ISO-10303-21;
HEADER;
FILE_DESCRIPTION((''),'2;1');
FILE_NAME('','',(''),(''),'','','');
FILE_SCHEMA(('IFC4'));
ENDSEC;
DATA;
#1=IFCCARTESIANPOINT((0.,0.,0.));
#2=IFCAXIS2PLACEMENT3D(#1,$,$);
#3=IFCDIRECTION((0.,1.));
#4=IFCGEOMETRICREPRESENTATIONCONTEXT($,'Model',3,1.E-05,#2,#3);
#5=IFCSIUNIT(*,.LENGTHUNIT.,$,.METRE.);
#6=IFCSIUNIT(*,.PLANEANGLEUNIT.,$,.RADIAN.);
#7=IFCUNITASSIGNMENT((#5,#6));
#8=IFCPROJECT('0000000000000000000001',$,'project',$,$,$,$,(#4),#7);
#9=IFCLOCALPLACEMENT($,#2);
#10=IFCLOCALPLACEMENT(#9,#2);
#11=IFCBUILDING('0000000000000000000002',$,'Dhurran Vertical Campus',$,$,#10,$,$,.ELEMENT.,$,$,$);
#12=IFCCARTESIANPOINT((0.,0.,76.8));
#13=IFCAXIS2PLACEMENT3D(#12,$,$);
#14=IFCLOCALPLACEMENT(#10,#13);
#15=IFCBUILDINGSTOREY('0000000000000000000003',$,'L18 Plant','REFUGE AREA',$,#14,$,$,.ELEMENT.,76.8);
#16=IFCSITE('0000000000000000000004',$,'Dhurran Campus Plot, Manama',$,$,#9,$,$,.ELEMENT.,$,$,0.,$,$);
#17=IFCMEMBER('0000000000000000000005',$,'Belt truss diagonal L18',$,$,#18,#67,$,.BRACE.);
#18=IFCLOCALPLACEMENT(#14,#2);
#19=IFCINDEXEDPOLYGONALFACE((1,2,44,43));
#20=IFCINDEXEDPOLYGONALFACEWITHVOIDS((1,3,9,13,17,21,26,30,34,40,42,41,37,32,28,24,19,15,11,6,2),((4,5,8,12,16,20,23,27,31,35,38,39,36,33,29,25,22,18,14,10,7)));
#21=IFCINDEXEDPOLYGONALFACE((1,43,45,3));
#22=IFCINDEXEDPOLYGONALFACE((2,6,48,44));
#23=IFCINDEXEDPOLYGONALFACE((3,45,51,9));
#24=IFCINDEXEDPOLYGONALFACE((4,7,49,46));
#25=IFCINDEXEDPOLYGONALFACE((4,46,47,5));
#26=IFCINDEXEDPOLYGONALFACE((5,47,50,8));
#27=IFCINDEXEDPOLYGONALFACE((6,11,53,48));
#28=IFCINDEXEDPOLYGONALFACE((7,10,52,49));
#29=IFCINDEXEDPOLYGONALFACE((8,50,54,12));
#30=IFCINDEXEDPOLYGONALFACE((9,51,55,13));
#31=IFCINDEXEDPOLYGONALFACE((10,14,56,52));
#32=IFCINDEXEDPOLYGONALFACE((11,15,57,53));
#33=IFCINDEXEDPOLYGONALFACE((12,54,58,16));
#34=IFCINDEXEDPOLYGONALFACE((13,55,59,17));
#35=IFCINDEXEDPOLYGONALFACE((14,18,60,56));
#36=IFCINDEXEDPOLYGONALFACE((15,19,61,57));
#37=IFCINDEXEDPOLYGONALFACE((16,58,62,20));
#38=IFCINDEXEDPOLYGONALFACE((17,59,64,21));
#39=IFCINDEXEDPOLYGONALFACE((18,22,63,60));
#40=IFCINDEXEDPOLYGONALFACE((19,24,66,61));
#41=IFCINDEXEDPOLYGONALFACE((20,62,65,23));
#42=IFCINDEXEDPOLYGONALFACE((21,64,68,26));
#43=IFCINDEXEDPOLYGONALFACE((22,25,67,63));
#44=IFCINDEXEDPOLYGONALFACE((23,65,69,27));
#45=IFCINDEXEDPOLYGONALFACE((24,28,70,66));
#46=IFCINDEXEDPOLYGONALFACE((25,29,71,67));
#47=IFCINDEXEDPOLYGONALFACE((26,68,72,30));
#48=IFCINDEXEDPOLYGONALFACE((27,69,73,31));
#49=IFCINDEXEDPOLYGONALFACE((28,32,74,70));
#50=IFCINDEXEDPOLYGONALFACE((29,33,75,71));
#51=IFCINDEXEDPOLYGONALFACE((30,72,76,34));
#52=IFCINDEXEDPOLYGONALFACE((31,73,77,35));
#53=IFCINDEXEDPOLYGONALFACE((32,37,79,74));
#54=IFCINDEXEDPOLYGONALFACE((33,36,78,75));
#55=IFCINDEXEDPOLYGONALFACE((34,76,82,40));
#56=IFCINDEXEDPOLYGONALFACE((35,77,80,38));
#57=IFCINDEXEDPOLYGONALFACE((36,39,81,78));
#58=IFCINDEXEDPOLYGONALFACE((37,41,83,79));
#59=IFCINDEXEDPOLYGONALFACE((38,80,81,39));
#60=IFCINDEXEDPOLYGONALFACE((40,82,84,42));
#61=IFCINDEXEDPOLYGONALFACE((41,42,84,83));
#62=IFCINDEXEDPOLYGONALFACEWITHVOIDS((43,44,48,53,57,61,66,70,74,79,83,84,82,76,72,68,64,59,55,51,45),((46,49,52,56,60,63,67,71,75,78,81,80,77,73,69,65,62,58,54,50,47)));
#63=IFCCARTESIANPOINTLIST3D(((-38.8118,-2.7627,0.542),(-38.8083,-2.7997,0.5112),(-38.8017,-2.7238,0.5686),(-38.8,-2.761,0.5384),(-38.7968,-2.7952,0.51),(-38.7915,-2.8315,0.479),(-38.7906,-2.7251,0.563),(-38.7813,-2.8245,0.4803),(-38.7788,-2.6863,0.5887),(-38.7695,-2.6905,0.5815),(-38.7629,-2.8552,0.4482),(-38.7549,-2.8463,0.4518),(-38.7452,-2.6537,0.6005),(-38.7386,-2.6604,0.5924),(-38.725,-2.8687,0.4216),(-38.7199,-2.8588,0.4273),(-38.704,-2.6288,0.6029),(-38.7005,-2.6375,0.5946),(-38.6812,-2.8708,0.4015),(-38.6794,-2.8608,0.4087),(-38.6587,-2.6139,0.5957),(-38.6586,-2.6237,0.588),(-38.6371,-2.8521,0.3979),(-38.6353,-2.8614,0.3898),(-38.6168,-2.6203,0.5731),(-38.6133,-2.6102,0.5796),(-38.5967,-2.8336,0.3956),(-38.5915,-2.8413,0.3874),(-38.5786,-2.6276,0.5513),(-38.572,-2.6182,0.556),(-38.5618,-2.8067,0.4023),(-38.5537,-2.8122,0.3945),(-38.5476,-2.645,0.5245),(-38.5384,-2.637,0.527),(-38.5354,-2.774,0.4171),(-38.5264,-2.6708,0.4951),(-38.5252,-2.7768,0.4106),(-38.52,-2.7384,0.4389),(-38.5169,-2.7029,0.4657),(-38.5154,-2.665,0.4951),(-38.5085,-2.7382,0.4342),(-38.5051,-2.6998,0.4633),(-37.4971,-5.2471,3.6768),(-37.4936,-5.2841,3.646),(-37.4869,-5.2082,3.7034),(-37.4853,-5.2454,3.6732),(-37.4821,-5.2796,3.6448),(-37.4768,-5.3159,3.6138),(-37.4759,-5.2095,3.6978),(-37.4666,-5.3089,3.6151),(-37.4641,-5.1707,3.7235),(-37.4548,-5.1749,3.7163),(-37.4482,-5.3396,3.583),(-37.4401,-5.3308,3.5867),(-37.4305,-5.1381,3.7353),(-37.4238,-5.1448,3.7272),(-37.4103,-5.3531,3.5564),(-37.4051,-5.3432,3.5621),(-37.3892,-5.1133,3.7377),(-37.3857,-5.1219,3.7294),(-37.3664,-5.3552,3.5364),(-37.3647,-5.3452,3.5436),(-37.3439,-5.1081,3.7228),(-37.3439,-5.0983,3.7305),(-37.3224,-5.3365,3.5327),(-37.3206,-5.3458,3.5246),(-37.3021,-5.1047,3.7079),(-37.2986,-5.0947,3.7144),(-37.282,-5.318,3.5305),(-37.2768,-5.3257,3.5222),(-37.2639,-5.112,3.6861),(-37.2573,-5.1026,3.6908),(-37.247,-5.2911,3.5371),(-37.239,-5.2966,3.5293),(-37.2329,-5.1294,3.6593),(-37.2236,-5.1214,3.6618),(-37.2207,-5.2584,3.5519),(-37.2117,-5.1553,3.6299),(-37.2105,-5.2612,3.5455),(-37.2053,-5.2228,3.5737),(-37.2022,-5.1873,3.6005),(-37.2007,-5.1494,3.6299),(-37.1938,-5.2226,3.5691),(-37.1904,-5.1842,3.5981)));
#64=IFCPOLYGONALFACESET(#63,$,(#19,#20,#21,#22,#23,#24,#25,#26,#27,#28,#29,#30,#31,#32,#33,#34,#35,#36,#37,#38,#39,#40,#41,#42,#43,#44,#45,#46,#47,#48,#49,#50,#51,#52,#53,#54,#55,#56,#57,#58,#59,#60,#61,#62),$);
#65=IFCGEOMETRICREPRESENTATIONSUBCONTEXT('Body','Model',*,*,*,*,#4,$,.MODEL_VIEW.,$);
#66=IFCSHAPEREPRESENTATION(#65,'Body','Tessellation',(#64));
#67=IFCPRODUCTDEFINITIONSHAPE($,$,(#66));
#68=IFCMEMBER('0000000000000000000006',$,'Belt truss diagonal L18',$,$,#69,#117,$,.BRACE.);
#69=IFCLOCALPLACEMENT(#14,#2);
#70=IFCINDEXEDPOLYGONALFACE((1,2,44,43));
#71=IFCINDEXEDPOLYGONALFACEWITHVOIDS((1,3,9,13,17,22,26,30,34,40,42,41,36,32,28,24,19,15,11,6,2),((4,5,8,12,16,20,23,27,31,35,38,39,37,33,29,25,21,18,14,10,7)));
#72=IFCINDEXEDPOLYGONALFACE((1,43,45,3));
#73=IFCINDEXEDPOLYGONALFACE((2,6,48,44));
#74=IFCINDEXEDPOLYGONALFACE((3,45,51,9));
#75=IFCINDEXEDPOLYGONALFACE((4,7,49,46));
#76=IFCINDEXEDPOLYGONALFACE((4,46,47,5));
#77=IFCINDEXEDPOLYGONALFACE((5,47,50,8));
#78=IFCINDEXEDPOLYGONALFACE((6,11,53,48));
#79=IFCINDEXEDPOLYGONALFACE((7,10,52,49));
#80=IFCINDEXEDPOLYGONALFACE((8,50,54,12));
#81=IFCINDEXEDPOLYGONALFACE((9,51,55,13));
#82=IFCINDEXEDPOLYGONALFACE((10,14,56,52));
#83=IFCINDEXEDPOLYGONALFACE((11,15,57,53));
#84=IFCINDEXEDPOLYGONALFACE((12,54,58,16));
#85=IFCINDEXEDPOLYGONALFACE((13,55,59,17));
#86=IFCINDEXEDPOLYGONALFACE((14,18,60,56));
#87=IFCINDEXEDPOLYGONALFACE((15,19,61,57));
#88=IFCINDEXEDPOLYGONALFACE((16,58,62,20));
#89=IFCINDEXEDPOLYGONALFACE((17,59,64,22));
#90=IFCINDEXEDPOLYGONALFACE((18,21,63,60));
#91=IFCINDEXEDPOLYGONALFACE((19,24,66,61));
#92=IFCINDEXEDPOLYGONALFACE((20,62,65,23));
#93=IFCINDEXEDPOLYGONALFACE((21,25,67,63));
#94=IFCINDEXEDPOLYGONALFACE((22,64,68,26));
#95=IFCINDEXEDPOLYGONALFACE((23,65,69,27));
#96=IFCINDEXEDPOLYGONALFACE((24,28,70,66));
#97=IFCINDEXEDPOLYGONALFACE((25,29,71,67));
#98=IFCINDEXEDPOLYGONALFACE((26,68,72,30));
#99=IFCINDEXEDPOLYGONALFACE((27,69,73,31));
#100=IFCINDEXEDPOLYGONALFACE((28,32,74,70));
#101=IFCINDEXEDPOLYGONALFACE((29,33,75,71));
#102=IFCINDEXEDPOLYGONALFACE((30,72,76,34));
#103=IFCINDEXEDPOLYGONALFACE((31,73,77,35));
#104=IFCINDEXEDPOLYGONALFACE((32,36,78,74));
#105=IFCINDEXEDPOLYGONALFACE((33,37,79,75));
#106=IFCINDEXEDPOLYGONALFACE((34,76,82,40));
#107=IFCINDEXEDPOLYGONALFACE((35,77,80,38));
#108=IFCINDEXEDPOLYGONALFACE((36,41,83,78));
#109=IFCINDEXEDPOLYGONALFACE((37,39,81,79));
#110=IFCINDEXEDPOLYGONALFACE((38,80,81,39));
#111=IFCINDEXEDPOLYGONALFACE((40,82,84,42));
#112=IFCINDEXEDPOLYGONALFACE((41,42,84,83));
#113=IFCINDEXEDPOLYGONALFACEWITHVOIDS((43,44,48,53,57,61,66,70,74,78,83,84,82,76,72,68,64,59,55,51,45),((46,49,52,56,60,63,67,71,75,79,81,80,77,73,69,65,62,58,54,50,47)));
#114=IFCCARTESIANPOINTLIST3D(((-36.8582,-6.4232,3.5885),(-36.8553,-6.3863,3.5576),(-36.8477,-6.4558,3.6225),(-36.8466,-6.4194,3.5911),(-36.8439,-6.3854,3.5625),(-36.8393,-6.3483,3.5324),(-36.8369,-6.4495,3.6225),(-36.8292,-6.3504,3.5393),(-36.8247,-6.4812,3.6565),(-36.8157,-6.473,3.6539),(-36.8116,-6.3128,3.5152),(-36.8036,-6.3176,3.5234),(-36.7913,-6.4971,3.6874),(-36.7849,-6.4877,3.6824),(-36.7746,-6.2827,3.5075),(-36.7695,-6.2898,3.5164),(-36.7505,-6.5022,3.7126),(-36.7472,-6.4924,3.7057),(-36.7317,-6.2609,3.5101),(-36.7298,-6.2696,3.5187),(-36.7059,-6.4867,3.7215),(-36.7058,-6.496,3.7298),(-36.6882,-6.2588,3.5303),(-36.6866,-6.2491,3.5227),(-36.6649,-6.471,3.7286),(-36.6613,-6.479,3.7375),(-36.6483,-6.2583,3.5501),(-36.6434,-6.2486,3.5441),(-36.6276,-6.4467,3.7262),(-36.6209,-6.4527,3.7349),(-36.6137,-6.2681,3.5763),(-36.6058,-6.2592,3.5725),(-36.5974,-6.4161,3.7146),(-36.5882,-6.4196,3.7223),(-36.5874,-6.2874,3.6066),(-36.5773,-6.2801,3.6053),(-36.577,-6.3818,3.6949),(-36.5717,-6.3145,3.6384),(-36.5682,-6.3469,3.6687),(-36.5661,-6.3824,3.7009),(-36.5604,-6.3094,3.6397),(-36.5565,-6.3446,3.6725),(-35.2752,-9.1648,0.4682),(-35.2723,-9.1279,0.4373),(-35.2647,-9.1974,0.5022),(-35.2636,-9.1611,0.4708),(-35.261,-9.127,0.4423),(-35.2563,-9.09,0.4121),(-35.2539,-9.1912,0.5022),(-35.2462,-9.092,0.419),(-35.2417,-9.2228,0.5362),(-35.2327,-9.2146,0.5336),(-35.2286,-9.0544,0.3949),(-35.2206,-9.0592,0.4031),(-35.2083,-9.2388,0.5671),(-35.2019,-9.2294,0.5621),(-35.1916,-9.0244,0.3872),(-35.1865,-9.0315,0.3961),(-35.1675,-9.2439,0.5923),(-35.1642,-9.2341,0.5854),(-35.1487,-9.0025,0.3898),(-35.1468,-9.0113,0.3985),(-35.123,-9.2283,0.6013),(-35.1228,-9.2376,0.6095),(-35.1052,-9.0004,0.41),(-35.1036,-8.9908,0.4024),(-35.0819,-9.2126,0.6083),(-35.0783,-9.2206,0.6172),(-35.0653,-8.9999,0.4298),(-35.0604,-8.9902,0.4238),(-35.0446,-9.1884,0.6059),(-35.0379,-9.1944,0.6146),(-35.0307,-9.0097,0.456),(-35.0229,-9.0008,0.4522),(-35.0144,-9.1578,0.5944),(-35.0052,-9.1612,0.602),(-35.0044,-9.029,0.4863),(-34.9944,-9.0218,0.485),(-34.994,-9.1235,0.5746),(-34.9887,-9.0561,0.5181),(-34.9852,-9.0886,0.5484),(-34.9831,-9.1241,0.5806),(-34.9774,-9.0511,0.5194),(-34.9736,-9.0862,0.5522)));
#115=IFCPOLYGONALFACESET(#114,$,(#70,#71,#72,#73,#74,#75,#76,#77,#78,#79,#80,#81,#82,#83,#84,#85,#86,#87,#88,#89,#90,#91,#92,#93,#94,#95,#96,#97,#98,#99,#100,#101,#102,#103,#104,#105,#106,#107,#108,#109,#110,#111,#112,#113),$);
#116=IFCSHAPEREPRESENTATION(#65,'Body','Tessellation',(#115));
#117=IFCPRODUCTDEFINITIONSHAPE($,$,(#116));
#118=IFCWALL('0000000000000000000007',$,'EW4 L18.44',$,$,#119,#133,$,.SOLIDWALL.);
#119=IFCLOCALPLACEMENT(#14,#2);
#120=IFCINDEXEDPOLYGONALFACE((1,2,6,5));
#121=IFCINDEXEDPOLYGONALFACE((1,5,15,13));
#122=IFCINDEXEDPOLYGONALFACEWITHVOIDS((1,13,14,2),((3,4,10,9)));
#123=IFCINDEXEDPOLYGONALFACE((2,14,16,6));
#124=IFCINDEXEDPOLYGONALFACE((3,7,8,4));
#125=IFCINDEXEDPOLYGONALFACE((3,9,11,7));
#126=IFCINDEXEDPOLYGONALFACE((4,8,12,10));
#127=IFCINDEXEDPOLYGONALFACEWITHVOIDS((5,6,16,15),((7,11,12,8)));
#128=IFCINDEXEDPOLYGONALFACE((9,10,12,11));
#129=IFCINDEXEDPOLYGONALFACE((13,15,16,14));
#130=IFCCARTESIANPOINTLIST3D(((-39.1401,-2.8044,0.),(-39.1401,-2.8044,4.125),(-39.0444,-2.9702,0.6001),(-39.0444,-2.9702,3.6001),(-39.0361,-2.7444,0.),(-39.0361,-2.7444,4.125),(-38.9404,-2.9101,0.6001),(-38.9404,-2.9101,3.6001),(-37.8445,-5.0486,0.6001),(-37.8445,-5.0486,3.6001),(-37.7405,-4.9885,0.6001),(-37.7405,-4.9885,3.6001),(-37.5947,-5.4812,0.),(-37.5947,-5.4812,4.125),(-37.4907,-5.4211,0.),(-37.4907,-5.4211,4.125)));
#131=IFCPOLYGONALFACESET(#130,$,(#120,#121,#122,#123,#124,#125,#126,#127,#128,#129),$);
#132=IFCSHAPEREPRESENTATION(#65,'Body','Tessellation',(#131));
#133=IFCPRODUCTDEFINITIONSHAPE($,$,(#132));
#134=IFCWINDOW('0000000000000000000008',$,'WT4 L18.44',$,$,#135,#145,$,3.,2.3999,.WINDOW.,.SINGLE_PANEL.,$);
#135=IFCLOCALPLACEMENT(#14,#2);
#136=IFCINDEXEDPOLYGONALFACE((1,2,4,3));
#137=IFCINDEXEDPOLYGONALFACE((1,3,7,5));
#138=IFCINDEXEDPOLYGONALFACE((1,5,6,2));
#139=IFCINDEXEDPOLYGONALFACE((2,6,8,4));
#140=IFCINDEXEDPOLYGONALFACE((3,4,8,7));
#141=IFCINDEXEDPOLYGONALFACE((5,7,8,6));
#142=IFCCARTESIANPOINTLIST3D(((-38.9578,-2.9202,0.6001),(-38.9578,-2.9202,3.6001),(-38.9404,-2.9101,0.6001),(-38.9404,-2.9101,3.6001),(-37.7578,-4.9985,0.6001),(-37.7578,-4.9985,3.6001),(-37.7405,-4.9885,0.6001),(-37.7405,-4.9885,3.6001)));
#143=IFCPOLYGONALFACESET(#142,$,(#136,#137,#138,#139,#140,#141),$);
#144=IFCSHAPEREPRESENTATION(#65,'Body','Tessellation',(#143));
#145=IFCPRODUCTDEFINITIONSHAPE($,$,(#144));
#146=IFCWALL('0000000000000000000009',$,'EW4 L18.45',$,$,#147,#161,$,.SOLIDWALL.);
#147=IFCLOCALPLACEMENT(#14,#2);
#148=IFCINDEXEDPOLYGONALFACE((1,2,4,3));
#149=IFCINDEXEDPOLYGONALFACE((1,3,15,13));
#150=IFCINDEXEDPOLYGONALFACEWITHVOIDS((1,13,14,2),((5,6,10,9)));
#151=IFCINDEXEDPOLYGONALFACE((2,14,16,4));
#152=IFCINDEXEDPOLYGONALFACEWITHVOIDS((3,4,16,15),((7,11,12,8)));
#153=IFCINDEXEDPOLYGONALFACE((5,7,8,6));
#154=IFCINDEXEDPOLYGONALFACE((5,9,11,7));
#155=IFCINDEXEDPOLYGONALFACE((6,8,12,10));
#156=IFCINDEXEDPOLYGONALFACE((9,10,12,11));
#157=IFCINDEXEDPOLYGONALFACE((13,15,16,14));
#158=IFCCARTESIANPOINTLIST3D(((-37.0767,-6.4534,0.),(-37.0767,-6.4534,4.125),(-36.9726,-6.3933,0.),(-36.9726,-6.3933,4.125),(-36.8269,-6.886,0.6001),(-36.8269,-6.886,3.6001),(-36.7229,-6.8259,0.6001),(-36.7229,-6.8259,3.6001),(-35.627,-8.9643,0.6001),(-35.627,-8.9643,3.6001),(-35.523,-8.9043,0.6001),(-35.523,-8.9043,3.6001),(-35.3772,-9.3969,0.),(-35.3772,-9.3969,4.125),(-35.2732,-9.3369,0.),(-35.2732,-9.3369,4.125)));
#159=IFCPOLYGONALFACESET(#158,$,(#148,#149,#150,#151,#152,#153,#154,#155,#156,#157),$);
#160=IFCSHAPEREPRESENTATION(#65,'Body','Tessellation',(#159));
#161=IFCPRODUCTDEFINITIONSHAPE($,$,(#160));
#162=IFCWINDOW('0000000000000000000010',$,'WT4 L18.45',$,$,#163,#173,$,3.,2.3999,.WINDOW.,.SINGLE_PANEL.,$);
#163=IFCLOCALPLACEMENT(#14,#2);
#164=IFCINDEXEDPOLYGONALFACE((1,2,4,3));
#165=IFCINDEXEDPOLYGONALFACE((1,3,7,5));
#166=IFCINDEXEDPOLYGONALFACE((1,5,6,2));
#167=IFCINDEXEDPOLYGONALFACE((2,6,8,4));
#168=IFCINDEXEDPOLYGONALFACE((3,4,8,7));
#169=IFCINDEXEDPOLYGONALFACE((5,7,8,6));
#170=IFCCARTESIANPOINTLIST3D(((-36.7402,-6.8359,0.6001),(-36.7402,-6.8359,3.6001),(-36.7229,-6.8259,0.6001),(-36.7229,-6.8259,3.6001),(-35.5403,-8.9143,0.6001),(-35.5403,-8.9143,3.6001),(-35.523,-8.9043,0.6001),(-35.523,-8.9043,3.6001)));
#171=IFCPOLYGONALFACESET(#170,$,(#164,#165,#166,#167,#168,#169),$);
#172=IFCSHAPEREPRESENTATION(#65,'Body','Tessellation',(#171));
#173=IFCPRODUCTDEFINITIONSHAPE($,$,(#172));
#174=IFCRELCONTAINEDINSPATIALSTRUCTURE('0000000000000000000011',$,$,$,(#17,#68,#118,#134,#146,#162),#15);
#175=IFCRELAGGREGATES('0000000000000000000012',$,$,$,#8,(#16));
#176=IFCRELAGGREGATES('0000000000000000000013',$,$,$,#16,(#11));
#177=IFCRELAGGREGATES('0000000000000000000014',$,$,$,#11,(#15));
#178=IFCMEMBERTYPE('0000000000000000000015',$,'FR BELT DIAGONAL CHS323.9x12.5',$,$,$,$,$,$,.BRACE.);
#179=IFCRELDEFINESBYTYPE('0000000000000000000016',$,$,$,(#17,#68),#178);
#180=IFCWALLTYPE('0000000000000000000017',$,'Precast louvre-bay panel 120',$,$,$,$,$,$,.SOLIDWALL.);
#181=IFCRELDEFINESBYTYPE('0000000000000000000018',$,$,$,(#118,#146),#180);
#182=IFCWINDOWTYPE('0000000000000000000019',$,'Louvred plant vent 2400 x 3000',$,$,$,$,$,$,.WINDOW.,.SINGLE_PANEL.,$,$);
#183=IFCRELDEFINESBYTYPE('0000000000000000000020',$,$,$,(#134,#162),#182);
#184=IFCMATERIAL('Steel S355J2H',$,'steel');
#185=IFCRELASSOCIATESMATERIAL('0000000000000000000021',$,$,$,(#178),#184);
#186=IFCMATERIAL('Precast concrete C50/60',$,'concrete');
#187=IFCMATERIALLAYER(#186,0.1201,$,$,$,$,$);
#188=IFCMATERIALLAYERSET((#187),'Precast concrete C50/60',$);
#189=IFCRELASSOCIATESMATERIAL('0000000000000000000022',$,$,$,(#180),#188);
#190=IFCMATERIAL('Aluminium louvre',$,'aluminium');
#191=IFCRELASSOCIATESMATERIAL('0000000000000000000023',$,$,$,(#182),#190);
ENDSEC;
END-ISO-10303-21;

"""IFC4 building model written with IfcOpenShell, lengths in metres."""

from ifc_helpers import new_model, si_unit, direction, frame, frame_2d, origin, origin_2d, place, context, subcontext, project, spatial, rectangle, hollow_circle, extrude, material, layer, layer_set, material_profile, profile_set, type_object, element, fill, save


model = new_model("IFC4")

# Units and contexts
model_context = context("Model", 3, precision=1e-05, world=origin(), true_north=direction((0.0, 1.0)))
body_context = subcontext(model_context, "Body", "Model", "MODEL_VIEW")
ifc_project = project(units=[si_unit("LENGTHUNIT", "METRE"), si_unit("PLANEANGLEUNIT", "RADIAN")], contexts=[model_context])

# Site, building, storey
site_placement = place(None, origin())
site = spatial("IfcSite", under=ifc_project, at=site_placement, Name="Dhurran Campus Plot, Manama", CompositionType="ELEMENT", RefElevation=0.0)
building_placement = place(site_placement, origin())
building = spatial("IfcBuilding", under=site, at=building_placement, Name="Dhurran Vertical Campus", CompositionType="ELEMENT")
storey_placement = place(building_placement, frame((0.0, 0.0, 76.8)))
storey = spatial("IfcBuildingStorey", under=building, at=storey_placement, Name="L18 Plant", Description="REFUGE AREA", CompositionType="ELEMENT", Elevation=76.8)

# Members
ifc_material_1 = material(Name="Steel S355J2H", Category="steel")
ifc_material_profile_1 = material_profile(ifc_material_1, hollow_circle(Radius=0.1619, WallThickness=0.0125, at=origin_2d()), Name="CHS323.9x12.5")
ifc_profile_set_1 = profile_set([ifc_material_profile_1], Name="Steel S355J2H")
member_type = type_object("IfcMemberType", Name="FR BELT DIAGONAL CHS323.9x12.5", PredefinedType="BRACE", material=ifc_profile_set_1)
member_1_placement = place(storey_placement, frame((-38.6584, -2.7407, 0.4951), z_axis=(0.312251, -0.59006, 0.744533), x_axis=(0.88387, 0.467732, 0.0)))
element("IfcMember", 1, at=member_1_placement, inside=storey, type_object=member_type, Name="Belt truss diagonal L18", PredefinedType="BRACE", context=body_context, shape_type="SweptSolid", body=[
    extrude(hollow_circle(Radius=0.1619, WallThickness=0.0125, at=origin_2d()), origin(), (0.0, 0.0, 1.0), 4.2104),
])
member_2_placement = place(storey_placement, frame((-35.1245, -9.1165, 0.5022), z_axis=(-0.356119, 0.616782, 0.701968), x_axis=(-0.866013, -0.500021, 0.0)))
element("IfcMember", 2, at=member_2_placement, inside=storey, type_object=member_type, Name="Belt truss diagonal L18", PredefinedType="BRACE", context=body_context, shape_type="SweptSolid", body=[
    extrude(hollow_circle(Radius=0.1619, WallThickness=0.0125, at=origin_2d()), origin(), (0.0, 0.0, 1.0), 4.4451),
])

# Walls, openings, windows
ifc_material_2 = material(Name="Precast concrete C50/60", Category="concrete")
ifc_layer = layer(ifc_material_2, 0.1201)
ifc_layer_set = layer_set([ifc_layer], Name="Precast concrete C50/60")
wall_type = type_object("IfcWallType", Name="Precast louvre-bay panel 120", PredefinedType="SOLIDWALL", material=ifc_layer_set)
wall_1_placement = place(storey_placement, frame((-39.0881, -2.7744, 0.0), z_axis=(0.0, 0.0, 1.0), x_axis=(0.499996, -0.866028, 0.0)))
wall_1 = element("IfcWall", 3, at=wall_1_placement, inside=storey, type_object=wall_type, Name="EW4 L18.44", PredefinedType="SOLIDWALL", context=body_context, shape_type="SweptSolid", body=[
    extrude(rectangle(XDim=3.0908, YDim=0.1201, at=frame_2d((1.5454, 0.0))), origin(), (0.0, 0.0, 1.0), 4.125),
])
opening_1_placement = place(wall_1_placement, frame((0.1914, 0.0, 0.6001)))
opening_1 = element("IfcOpeningElement", 4, at=opening_1_placement, cuts=wall_1, PredefinedType="OPENING", context=body_context, shape_type="SweptSolid", body=[
    extrude(rectangle(XDim=2.3999, YDim=3.0, at=frame_2d((1.2, 1.5))), frame((0.0, 0.0701, 0.0), z_axis=(0.0, -1.0, 0.0), x_axis=(1.0, 0.0, 0.0)), (0.0, 0.0, 1.0), 0.1401),
])
ifc_material_3 = material(Name="Aluminium louvre", Category="aluminium")
window_type = type_object("IfcWindowType", Name="Louvred plant vent 2400 x 3000", PartitioningType="SINGLE_PANEL", PredefinedType="WINDOW", material=ifc_material_3)
window_1_placement = place(opening_1_placement, origin())
window_1 = element("IfcWindow", 5, at=window_1_placement, inside=storey, type_object=window_type, Name="WT4 L18.44", OverallHeight=3.0, OverallWidth=2.3999, PartitioningType="SINGLE_PANEL", PredefinedType="WINDOW", context=body_context, shape_type="SweptSolid", body=[
    extrude(rectangle(XDim=2.3999, YDim=3.0, at=frame_2d((1.2, 1.5))), frame((0.0, 0.0601, 0.0), z_axis=(0.0, -1.0, 0.0), x_axis=(1.0, 0.0, 0.0)), (0.0, 0.0, 1.0), 0.02),
])
fill(opening_1, window_1)
wall_2_placement = place(storey_placement, frame((-37.0247, -6.4233, 0.0), z_axis=(0.0, 0.0, 1.0), x_axis=(0.499994, -0.866029, 0.0)))
wall_2 = element("IfcWall", 6, at=wall_2_placement, inside=storey, type_object=wall_type, Name="EW4 L18.45", PredefinedType="SOLIDWALL", context=body_context, shape_type="SweptSolid", body=[
    extrude(rectangle(XDim=3.3989, YDim=0.1201, at=frame_2d((1.6995, 0.0))), origin(), (0.0, 0.0, 1.0), 4.125),
])
opening_2_placement = place(wall_2_placement, frame((0.4995, 0.0, 0.6001)))
opening_2 = element("IfcOpeningElement", 7, at=opening_2_placement, cuts=wall_2, PredefinedType="OPENING", context=body_context, shape_type="SweptSolid", body=[
    extrude(rectangle(XDim=2.3999, YDim=3.0, at=frame_2d((1.2, 1.5))), frame((0.0, 0.0701, 0.0), z_axis=(0.0, -1.0, 0.0), x_axis=(1.0, 0.0, 0.0)), (0.0, 0.0, 1.0), 0.1401),
])
window_2_placement = place(opening_2_placement, origin())
window_2 = element("IfcWindow", 8, at=window_2_placement, inside=storey, type_object=window_type, Name="WT4 L18.45", OverallHeight=3.0, OverallWidth=2.3999, PartitioningType="SINGLE_PANEL", PredefinedType="WINDOW", context=body_context, shape_type="SweptSolid", body=[
    extrude(rectangle(XDim=2.3999, YDim=3.0, at=frame_2d((1.2, 1.5))), frame((0.0, 0.0601, 0.0), z_axis=(0.0, -1.0, 0.0), x_axis=(1.0, 0.0, 0.0)), (0.0, 0.0, 1.0), 0.02),
])
fill(opening_2, window_2)

save(model, "model.ifc")
